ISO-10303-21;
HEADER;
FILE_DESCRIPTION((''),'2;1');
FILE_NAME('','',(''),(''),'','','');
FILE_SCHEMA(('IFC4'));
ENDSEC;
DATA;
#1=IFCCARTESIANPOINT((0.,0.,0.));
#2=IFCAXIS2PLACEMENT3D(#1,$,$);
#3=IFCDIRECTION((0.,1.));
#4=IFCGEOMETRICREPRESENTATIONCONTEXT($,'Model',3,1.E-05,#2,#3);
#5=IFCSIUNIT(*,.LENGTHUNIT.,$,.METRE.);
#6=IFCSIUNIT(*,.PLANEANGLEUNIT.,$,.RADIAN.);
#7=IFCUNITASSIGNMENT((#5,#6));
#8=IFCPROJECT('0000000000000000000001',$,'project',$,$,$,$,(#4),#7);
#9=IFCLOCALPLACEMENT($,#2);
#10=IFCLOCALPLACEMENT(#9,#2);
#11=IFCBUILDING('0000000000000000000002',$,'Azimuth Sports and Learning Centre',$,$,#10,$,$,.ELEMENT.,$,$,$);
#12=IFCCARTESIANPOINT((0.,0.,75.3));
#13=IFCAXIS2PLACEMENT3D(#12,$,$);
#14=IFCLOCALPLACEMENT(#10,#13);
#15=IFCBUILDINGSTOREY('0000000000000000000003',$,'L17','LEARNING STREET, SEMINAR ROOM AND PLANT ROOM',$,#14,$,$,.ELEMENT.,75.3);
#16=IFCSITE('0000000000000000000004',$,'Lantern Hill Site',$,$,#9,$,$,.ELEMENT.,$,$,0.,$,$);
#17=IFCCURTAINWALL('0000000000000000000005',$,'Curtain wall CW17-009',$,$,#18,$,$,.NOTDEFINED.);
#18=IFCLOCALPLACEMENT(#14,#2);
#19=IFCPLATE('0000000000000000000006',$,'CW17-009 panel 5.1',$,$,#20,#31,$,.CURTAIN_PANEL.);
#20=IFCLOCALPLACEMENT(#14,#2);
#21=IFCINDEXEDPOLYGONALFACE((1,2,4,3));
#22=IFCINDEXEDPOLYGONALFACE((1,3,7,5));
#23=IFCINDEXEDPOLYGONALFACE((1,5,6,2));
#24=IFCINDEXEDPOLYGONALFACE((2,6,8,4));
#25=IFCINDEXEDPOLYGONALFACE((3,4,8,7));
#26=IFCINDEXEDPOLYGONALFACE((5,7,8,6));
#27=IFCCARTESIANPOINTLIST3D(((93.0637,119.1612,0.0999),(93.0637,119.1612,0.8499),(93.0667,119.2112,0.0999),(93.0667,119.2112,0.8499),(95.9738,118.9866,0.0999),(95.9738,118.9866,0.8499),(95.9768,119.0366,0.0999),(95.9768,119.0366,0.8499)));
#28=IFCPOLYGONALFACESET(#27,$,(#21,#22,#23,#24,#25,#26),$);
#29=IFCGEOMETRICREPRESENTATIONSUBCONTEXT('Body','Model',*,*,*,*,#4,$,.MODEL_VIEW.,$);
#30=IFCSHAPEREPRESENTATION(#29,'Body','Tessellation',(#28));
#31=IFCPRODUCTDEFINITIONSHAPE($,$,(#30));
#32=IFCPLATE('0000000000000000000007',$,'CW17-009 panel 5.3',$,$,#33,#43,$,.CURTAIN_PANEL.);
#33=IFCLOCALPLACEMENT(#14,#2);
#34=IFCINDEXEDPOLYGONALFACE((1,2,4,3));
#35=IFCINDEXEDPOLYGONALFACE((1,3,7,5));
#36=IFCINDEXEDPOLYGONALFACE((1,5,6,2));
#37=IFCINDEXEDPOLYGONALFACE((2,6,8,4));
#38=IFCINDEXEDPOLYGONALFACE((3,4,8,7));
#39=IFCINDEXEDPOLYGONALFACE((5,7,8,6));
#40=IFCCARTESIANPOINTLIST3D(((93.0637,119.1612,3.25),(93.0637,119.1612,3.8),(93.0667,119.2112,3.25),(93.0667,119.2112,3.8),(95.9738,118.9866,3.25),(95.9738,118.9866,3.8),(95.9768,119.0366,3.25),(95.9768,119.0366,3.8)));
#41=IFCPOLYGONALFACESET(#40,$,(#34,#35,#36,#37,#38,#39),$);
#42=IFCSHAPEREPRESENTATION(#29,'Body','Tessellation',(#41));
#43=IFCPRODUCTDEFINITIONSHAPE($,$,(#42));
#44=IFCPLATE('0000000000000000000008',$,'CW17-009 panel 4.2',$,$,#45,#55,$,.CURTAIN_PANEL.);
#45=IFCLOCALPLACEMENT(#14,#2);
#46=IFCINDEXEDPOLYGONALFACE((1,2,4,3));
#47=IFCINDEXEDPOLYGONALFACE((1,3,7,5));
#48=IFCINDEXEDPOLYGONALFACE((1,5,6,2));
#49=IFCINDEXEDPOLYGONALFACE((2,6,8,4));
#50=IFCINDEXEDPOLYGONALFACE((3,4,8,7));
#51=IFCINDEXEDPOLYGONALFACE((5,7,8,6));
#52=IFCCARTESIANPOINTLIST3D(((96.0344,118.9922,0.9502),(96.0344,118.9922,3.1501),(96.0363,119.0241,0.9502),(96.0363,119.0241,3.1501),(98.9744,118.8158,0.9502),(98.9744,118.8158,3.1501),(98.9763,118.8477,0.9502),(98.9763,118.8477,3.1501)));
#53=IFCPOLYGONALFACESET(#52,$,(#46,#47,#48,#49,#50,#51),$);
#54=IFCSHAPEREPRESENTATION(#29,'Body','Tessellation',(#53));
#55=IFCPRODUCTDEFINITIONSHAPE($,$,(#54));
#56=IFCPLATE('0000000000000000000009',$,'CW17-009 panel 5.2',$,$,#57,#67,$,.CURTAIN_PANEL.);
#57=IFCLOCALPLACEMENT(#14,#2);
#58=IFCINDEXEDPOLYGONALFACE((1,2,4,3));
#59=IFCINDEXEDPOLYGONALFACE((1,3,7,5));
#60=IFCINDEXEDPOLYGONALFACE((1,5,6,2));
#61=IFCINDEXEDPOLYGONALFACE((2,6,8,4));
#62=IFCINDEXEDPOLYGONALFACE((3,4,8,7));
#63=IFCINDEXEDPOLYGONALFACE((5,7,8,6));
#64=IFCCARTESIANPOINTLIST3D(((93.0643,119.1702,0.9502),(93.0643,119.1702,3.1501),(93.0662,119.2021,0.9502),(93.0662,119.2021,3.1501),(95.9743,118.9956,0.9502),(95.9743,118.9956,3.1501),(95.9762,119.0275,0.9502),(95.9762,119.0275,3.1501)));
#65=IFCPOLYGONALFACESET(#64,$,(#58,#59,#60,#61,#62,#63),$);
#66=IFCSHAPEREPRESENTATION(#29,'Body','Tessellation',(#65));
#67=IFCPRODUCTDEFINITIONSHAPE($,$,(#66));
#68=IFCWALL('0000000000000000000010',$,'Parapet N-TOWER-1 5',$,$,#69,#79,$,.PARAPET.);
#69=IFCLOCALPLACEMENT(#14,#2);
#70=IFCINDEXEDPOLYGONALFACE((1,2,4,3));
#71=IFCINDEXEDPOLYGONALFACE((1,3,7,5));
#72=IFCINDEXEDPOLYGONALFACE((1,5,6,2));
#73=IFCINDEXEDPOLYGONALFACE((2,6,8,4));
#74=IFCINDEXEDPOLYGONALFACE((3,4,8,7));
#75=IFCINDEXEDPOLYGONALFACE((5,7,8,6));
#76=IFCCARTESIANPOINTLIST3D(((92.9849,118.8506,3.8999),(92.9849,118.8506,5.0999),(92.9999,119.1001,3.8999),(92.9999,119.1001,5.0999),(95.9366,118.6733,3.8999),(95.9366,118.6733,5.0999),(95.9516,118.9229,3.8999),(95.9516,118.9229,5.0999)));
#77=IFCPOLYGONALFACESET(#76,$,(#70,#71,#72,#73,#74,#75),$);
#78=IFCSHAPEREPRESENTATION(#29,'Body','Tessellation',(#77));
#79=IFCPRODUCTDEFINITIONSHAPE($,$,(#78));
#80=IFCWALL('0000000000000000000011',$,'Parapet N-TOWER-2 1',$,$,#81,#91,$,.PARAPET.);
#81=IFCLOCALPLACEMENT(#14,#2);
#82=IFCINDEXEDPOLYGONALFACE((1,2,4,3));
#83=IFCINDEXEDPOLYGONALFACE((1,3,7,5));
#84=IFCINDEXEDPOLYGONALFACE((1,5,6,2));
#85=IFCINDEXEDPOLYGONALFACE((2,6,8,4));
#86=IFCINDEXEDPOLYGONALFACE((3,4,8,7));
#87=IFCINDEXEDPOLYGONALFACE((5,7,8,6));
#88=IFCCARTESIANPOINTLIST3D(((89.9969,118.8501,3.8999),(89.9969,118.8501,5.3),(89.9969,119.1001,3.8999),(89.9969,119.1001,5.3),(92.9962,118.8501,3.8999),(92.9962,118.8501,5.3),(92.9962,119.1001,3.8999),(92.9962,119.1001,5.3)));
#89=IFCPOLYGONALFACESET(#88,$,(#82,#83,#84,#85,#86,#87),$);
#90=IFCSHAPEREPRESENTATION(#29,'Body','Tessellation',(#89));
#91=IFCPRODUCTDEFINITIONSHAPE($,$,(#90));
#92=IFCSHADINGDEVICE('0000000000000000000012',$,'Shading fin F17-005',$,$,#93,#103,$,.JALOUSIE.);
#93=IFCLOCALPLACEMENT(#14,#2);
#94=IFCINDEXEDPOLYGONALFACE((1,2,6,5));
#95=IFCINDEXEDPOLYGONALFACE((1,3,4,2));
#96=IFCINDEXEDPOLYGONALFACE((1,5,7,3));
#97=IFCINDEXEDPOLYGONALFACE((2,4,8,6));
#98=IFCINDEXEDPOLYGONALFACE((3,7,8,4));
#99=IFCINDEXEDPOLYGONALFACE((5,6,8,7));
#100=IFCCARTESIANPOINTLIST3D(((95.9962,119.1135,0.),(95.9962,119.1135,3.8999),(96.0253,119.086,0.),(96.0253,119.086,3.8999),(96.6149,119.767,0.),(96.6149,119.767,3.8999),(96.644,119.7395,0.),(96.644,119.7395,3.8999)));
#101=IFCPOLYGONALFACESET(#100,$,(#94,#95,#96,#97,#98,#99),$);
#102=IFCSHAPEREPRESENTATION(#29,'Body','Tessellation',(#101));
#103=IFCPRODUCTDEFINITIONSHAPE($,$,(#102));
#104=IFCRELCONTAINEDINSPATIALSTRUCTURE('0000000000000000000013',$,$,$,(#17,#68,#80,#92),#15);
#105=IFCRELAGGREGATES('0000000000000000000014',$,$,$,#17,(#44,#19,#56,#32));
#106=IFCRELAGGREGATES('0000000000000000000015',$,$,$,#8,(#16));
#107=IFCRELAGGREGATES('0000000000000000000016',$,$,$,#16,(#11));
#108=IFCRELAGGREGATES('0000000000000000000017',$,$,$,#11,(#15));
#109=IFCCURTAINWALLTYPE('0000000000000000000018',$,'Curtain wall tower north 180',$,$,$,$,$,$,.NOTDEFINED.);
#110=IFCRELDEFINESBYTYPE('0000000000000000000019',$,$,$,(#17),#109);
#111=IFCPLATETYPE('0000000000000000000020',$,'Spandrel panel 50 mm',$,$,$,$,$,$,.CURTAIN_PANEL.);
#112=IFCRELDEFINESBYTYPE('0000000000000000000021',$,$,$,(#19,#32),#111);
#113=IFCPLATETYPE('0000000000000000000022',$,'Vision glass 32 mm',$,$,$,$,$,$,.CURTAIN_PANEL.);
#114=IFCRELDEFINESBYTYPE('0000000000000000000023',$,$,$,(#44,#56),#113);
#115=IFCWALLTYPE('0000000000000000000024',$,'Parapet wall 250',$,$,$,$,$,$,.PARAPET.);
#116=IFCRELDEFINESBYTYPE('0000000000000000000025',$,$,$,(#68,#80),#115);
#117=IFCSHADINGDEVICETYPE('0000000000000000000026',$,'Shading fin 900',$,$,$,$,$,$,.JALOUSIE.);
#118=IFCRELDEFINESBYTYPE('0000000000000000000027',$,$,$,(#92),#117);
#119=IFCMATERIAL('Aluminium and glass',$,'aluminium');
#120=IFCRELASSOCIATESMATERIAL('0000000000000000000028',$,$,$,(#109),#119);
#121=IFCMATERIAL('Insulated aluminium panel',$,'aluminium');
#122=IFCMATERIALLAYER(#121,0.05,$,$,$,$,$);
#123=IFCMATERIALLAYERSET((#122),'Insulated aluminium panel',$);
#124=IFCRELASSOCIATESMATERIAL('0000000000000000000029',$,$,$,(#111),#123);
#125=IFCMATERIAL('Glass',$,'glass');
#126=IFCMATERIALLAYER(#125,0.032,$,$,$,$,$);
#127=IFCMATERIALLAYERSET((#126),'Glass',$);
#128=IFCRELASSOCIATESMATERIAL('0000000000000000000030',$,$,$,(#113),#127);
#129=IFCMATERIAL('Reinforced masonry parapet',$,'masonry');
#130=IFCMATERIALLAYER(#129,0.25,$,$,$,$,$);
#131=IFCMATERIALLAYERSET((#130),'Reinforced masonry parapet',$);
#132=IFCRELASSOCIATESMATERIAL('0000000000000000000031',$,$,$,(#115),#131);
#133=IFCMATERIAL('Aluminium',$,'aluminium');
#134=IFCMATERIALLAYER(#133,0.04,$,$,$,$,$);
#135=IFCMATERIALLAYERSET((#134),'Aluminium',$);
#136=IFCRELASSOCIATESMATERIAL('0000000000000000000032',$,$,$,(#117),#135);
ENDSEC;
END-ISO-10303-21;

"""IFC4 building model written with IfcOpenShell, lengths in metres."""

from ifc_helpers import new_model, si_unit, direction, frame, frame_2d, origin, origin_2d, place, context, subcontext, project, spatial, rectangle, extrude, material, layer, layer_set, type_object, element, aggregate, save


model = new_model("IFC4")

# Units and contexts
model_context = context("Model", 3, precision=1e-05, world=origin(), true_north=direction((0.0, 1.0)))
body_context = subcontext(model_context, "Body", "Model", "MODEL_VIEW")
ifc_project = project(units=[si_unit("LENGTHUNIT", "METRE"), si_unit("PLANEANGLEUNIT", "RADIAN")], contexts=[model_context])

# Site, building, storey
site_placement = place(None, origin())
site = spatial("IfcSite", under=ifc_project, at=site_placement, Name="Lantern Hill Site", CompositionType="ELEMENT", RefElevation=0.0)
building_placement = place(site_placement, origin())
building = spatial("IfcBuilding", under=site, at=building_placement, Name="Azimuth Sports and Learning Centre", CompositionType="ELEMENT")
storey_placement = place(building_placement, frame((0.0, 0.0, 75.3)))
storey = spatial("IfcBuildingStorey", under=building, at=storey_placement, Name="L17", Description="LEARNING STREET, SEMINAR ROOM AND PLANT ROOM", CompositionType="ELEMENT", Elevation=75.3)

# Curtain wall
ifc_material_1 = material(Name="Aluminium and glass", Category="aluminium")
curtain_wall_type = type_object("IfcCurtainWallType", Name="Curtain wall tower north 180", PredefinedType="NOTDEFINED", material=ifc_material_1)
curtain_wall_1_placement = place(storey_placement, origin())
curtain_wall_1 = element("IfcCurtainWall", 1, at=curtain_wall_1_placement, inside=storey, type_object=curtain_wall_type, Name="Curtain wall CW17-009", PredefinedType="NOTDEFINED")

# Plates
ifc_material_2 = material(Name="Insulated aluminium panel", Category="aluminium")
ifc_layer_1 = layer(ifc_material_2, 0.05)
ifc_layer_set_1 = layer_set([ifc_layer_1], Name="Insulated aluminium panel")
plate_type_1 = type_object("IfcPlateType", Name="Spandrel panel 50 mm", PredefinedType="CURTAIN_PANEL", material=ifc_layer_set_1)
plate_1_placement = place(storey_placement, frame((94.5203, 119.0989, 0.0999), z_axis=(0.0, 0.0, 1.0), x_axis=(-0.998205, 0.059892, 0.0)))
plate_1 = element("IfcPlate", 2, at=plate_1_placement, type_object=plate_type_1, Name="CW17-009 panel 5.1", PredefinedType="CURTAIN_PANEL", context=body_context, shape_type="SweptSolid", body=[
    extrude(rectangle(XDim=2.9153, YDim=0.05, at=origin_2d()), origin(), (0.0, 0.0, 1.0), 0.75),
])
plate_2_placement = place(storey_placement, frame((94.5203, 119.0989, 3.25), z_axis=(0.0, 0.0, 1.0), x_axis=(-0.998205, 0.059892, 0.0)))
plate_2 = element("IfcPlate", 3, at=plate_2_placement, type_object=plate_type_1, Name="CW17-009 panel 5.3", PredefinedType="CURTAIN_PANEL", context=body_context, shape_type="SweptSolid", body=[
    extrude(rectangle(XDim=2.9153, YDim=0.05, at=origin_2d()), origin(), (0.0, 0.0, 1.0), 0.55),
])
ifc_material_3 = material(Name="Glass", Category="glass")
ifc_layer_2 = layer(ifc_material_3, 0.032)
ifc_layer_set_2 = layer_set([ifc_layer_2], Name="Glass")
plate_type_2 = type_object("IfcPlateType", Name="Vision glass 32 mm", PredefinedType="CURTAIN_PANEL", material=ifc_layer_set_2)
plate_3_placement = place(storey_placement, frame((97.5054, 118.9199, 0.9502), z_axis=(0.0, 0.0, 1.0), x_axis=(-0.998205, 0.059892, 0.0)))
plate_3 = element("IfcPlate", 4, at=plate_3_placement, type_object=plate_type_2, Name="CW17-009 panel 4.2", PredefinedType="CURTAIN_PANEL", context=body_context, shape_type="SweptSolid", body=[
    extrude(rectangle(XDim=2.9453, YDim=0.032, at=origin_2d()), origin(), (0.0, 0.0, 1.0), 2.2),
])
plate_4_placement = place(storey_placement, frame((94.5203, 119.0989, 0.9502), z_axis=(0.0, 0.0, 1.0), x_axis=(-0.998205, 0.059892, 0.0)))
plate_4 = element("IfcPlate", 5, at=plate_4_placement, type_object=plate_type_2, Name="CW17-009 panel 5.2", PredefinedType="CURTAIN_PANEL", context=body_context, shape_type="SweptSolid", body=[
    extrude(rectangle(XDim=2.9153, YDim=0.032, at=origin_2d()), origin(), (0.0, 0.0, 1.0), 2.2),
])
aggregate(curtain_wall_1, [plate_3, plate_1, plate_4, plate_2])

# Walls
ifc_material_4 = material(Name="Reinforced masonry parapet", Category="masonry")
ifc_layer_3 = layer(ifc_material_4, 0.25)
ifc_layer_set_3 = layer_set([ifc_layer_3], Name="Reinforced masonry parapet")
wall_type = type_object("IfcWallType", Name="Parapet wall 250", PredefinedType="PARAPET", material=ifc_layer_set_3)
wall_1_placement = place(storey_placement, frame((95.9441, 118.7981, 3.8999), z_axis=(0.0, 0.0, 1.0), x_axis=(-0.998202, 0.059942, 0.0)))
element("IfcWall", 6, at=wall_1_placement, inside=storey, type_object=wall_type, Name="Parapet N-TOWER-1 5", PredefinedType="PARAPET", context=body_context, shape_type="SweptSolid", body=[
    extrude(rectangle(XDim=2.957, YDim=0.25, at=frame_2d((1.4785, 0.0))), origin(), (0.0, 0.0, 1.0), 1.2),
])
wall_2_placement = place(storey_placement, frame((92.9961, 118.9751, 3.8999), z_axis=(0.0, 0.0, 1.0), x_axis=(-1.0, 0.0, 0.0)))
element("IfcWall", 7, at=wall_2_placement, inside=storey, type_object=wall_type, Name="Parapet N-TOWER-2 1", PredefinedType="PARAPET", context=body_context, shape_type="SweptSolid", body=[
    extrude(rectangle(XDim=2.9993, YDim=0.25, at=frame_2d((1.4995, 0.0))), origin(), (0.0, 0.0, 1.0), 1.4001),
])

# Shading device
ifc_material_5 = material(Name="Aluminium", Category="aluminium")
ifc_layer_4 = layer(ifc_material_5, 0.04)
ifc_layer_set_4 = layer_set([ifc_layer_4], Name="Aluminium")
shading_device_type = type_object("IfcShadingDeviceType", Name="Shading fin 900", PredefinedType="JALOUSIE", material=ifc_layer_set_4)
shading_device_placement = place(storey_placement, frame((96.3201, 119.4265, 0.0), z_axis=(0.0, 0.0, 1.0), x_axis=(0.687514, 0.726171, 0.0)))
element("IfcShadingDevice", 8, at=shading_device_placement, inside=storey, type_object=shading_device_type, Name="Shading fin F17-005", PredefinedType="JALOUSIE", context=body_context, shape_type="SweptSolid", body=[
    extrude(rectangle(XDim=0.8999, YDim=0.04, at=origin_2d()), origin(), (0.0, 0.0, 1.0), 3.8999),
])

save(model, "model.ifc")
